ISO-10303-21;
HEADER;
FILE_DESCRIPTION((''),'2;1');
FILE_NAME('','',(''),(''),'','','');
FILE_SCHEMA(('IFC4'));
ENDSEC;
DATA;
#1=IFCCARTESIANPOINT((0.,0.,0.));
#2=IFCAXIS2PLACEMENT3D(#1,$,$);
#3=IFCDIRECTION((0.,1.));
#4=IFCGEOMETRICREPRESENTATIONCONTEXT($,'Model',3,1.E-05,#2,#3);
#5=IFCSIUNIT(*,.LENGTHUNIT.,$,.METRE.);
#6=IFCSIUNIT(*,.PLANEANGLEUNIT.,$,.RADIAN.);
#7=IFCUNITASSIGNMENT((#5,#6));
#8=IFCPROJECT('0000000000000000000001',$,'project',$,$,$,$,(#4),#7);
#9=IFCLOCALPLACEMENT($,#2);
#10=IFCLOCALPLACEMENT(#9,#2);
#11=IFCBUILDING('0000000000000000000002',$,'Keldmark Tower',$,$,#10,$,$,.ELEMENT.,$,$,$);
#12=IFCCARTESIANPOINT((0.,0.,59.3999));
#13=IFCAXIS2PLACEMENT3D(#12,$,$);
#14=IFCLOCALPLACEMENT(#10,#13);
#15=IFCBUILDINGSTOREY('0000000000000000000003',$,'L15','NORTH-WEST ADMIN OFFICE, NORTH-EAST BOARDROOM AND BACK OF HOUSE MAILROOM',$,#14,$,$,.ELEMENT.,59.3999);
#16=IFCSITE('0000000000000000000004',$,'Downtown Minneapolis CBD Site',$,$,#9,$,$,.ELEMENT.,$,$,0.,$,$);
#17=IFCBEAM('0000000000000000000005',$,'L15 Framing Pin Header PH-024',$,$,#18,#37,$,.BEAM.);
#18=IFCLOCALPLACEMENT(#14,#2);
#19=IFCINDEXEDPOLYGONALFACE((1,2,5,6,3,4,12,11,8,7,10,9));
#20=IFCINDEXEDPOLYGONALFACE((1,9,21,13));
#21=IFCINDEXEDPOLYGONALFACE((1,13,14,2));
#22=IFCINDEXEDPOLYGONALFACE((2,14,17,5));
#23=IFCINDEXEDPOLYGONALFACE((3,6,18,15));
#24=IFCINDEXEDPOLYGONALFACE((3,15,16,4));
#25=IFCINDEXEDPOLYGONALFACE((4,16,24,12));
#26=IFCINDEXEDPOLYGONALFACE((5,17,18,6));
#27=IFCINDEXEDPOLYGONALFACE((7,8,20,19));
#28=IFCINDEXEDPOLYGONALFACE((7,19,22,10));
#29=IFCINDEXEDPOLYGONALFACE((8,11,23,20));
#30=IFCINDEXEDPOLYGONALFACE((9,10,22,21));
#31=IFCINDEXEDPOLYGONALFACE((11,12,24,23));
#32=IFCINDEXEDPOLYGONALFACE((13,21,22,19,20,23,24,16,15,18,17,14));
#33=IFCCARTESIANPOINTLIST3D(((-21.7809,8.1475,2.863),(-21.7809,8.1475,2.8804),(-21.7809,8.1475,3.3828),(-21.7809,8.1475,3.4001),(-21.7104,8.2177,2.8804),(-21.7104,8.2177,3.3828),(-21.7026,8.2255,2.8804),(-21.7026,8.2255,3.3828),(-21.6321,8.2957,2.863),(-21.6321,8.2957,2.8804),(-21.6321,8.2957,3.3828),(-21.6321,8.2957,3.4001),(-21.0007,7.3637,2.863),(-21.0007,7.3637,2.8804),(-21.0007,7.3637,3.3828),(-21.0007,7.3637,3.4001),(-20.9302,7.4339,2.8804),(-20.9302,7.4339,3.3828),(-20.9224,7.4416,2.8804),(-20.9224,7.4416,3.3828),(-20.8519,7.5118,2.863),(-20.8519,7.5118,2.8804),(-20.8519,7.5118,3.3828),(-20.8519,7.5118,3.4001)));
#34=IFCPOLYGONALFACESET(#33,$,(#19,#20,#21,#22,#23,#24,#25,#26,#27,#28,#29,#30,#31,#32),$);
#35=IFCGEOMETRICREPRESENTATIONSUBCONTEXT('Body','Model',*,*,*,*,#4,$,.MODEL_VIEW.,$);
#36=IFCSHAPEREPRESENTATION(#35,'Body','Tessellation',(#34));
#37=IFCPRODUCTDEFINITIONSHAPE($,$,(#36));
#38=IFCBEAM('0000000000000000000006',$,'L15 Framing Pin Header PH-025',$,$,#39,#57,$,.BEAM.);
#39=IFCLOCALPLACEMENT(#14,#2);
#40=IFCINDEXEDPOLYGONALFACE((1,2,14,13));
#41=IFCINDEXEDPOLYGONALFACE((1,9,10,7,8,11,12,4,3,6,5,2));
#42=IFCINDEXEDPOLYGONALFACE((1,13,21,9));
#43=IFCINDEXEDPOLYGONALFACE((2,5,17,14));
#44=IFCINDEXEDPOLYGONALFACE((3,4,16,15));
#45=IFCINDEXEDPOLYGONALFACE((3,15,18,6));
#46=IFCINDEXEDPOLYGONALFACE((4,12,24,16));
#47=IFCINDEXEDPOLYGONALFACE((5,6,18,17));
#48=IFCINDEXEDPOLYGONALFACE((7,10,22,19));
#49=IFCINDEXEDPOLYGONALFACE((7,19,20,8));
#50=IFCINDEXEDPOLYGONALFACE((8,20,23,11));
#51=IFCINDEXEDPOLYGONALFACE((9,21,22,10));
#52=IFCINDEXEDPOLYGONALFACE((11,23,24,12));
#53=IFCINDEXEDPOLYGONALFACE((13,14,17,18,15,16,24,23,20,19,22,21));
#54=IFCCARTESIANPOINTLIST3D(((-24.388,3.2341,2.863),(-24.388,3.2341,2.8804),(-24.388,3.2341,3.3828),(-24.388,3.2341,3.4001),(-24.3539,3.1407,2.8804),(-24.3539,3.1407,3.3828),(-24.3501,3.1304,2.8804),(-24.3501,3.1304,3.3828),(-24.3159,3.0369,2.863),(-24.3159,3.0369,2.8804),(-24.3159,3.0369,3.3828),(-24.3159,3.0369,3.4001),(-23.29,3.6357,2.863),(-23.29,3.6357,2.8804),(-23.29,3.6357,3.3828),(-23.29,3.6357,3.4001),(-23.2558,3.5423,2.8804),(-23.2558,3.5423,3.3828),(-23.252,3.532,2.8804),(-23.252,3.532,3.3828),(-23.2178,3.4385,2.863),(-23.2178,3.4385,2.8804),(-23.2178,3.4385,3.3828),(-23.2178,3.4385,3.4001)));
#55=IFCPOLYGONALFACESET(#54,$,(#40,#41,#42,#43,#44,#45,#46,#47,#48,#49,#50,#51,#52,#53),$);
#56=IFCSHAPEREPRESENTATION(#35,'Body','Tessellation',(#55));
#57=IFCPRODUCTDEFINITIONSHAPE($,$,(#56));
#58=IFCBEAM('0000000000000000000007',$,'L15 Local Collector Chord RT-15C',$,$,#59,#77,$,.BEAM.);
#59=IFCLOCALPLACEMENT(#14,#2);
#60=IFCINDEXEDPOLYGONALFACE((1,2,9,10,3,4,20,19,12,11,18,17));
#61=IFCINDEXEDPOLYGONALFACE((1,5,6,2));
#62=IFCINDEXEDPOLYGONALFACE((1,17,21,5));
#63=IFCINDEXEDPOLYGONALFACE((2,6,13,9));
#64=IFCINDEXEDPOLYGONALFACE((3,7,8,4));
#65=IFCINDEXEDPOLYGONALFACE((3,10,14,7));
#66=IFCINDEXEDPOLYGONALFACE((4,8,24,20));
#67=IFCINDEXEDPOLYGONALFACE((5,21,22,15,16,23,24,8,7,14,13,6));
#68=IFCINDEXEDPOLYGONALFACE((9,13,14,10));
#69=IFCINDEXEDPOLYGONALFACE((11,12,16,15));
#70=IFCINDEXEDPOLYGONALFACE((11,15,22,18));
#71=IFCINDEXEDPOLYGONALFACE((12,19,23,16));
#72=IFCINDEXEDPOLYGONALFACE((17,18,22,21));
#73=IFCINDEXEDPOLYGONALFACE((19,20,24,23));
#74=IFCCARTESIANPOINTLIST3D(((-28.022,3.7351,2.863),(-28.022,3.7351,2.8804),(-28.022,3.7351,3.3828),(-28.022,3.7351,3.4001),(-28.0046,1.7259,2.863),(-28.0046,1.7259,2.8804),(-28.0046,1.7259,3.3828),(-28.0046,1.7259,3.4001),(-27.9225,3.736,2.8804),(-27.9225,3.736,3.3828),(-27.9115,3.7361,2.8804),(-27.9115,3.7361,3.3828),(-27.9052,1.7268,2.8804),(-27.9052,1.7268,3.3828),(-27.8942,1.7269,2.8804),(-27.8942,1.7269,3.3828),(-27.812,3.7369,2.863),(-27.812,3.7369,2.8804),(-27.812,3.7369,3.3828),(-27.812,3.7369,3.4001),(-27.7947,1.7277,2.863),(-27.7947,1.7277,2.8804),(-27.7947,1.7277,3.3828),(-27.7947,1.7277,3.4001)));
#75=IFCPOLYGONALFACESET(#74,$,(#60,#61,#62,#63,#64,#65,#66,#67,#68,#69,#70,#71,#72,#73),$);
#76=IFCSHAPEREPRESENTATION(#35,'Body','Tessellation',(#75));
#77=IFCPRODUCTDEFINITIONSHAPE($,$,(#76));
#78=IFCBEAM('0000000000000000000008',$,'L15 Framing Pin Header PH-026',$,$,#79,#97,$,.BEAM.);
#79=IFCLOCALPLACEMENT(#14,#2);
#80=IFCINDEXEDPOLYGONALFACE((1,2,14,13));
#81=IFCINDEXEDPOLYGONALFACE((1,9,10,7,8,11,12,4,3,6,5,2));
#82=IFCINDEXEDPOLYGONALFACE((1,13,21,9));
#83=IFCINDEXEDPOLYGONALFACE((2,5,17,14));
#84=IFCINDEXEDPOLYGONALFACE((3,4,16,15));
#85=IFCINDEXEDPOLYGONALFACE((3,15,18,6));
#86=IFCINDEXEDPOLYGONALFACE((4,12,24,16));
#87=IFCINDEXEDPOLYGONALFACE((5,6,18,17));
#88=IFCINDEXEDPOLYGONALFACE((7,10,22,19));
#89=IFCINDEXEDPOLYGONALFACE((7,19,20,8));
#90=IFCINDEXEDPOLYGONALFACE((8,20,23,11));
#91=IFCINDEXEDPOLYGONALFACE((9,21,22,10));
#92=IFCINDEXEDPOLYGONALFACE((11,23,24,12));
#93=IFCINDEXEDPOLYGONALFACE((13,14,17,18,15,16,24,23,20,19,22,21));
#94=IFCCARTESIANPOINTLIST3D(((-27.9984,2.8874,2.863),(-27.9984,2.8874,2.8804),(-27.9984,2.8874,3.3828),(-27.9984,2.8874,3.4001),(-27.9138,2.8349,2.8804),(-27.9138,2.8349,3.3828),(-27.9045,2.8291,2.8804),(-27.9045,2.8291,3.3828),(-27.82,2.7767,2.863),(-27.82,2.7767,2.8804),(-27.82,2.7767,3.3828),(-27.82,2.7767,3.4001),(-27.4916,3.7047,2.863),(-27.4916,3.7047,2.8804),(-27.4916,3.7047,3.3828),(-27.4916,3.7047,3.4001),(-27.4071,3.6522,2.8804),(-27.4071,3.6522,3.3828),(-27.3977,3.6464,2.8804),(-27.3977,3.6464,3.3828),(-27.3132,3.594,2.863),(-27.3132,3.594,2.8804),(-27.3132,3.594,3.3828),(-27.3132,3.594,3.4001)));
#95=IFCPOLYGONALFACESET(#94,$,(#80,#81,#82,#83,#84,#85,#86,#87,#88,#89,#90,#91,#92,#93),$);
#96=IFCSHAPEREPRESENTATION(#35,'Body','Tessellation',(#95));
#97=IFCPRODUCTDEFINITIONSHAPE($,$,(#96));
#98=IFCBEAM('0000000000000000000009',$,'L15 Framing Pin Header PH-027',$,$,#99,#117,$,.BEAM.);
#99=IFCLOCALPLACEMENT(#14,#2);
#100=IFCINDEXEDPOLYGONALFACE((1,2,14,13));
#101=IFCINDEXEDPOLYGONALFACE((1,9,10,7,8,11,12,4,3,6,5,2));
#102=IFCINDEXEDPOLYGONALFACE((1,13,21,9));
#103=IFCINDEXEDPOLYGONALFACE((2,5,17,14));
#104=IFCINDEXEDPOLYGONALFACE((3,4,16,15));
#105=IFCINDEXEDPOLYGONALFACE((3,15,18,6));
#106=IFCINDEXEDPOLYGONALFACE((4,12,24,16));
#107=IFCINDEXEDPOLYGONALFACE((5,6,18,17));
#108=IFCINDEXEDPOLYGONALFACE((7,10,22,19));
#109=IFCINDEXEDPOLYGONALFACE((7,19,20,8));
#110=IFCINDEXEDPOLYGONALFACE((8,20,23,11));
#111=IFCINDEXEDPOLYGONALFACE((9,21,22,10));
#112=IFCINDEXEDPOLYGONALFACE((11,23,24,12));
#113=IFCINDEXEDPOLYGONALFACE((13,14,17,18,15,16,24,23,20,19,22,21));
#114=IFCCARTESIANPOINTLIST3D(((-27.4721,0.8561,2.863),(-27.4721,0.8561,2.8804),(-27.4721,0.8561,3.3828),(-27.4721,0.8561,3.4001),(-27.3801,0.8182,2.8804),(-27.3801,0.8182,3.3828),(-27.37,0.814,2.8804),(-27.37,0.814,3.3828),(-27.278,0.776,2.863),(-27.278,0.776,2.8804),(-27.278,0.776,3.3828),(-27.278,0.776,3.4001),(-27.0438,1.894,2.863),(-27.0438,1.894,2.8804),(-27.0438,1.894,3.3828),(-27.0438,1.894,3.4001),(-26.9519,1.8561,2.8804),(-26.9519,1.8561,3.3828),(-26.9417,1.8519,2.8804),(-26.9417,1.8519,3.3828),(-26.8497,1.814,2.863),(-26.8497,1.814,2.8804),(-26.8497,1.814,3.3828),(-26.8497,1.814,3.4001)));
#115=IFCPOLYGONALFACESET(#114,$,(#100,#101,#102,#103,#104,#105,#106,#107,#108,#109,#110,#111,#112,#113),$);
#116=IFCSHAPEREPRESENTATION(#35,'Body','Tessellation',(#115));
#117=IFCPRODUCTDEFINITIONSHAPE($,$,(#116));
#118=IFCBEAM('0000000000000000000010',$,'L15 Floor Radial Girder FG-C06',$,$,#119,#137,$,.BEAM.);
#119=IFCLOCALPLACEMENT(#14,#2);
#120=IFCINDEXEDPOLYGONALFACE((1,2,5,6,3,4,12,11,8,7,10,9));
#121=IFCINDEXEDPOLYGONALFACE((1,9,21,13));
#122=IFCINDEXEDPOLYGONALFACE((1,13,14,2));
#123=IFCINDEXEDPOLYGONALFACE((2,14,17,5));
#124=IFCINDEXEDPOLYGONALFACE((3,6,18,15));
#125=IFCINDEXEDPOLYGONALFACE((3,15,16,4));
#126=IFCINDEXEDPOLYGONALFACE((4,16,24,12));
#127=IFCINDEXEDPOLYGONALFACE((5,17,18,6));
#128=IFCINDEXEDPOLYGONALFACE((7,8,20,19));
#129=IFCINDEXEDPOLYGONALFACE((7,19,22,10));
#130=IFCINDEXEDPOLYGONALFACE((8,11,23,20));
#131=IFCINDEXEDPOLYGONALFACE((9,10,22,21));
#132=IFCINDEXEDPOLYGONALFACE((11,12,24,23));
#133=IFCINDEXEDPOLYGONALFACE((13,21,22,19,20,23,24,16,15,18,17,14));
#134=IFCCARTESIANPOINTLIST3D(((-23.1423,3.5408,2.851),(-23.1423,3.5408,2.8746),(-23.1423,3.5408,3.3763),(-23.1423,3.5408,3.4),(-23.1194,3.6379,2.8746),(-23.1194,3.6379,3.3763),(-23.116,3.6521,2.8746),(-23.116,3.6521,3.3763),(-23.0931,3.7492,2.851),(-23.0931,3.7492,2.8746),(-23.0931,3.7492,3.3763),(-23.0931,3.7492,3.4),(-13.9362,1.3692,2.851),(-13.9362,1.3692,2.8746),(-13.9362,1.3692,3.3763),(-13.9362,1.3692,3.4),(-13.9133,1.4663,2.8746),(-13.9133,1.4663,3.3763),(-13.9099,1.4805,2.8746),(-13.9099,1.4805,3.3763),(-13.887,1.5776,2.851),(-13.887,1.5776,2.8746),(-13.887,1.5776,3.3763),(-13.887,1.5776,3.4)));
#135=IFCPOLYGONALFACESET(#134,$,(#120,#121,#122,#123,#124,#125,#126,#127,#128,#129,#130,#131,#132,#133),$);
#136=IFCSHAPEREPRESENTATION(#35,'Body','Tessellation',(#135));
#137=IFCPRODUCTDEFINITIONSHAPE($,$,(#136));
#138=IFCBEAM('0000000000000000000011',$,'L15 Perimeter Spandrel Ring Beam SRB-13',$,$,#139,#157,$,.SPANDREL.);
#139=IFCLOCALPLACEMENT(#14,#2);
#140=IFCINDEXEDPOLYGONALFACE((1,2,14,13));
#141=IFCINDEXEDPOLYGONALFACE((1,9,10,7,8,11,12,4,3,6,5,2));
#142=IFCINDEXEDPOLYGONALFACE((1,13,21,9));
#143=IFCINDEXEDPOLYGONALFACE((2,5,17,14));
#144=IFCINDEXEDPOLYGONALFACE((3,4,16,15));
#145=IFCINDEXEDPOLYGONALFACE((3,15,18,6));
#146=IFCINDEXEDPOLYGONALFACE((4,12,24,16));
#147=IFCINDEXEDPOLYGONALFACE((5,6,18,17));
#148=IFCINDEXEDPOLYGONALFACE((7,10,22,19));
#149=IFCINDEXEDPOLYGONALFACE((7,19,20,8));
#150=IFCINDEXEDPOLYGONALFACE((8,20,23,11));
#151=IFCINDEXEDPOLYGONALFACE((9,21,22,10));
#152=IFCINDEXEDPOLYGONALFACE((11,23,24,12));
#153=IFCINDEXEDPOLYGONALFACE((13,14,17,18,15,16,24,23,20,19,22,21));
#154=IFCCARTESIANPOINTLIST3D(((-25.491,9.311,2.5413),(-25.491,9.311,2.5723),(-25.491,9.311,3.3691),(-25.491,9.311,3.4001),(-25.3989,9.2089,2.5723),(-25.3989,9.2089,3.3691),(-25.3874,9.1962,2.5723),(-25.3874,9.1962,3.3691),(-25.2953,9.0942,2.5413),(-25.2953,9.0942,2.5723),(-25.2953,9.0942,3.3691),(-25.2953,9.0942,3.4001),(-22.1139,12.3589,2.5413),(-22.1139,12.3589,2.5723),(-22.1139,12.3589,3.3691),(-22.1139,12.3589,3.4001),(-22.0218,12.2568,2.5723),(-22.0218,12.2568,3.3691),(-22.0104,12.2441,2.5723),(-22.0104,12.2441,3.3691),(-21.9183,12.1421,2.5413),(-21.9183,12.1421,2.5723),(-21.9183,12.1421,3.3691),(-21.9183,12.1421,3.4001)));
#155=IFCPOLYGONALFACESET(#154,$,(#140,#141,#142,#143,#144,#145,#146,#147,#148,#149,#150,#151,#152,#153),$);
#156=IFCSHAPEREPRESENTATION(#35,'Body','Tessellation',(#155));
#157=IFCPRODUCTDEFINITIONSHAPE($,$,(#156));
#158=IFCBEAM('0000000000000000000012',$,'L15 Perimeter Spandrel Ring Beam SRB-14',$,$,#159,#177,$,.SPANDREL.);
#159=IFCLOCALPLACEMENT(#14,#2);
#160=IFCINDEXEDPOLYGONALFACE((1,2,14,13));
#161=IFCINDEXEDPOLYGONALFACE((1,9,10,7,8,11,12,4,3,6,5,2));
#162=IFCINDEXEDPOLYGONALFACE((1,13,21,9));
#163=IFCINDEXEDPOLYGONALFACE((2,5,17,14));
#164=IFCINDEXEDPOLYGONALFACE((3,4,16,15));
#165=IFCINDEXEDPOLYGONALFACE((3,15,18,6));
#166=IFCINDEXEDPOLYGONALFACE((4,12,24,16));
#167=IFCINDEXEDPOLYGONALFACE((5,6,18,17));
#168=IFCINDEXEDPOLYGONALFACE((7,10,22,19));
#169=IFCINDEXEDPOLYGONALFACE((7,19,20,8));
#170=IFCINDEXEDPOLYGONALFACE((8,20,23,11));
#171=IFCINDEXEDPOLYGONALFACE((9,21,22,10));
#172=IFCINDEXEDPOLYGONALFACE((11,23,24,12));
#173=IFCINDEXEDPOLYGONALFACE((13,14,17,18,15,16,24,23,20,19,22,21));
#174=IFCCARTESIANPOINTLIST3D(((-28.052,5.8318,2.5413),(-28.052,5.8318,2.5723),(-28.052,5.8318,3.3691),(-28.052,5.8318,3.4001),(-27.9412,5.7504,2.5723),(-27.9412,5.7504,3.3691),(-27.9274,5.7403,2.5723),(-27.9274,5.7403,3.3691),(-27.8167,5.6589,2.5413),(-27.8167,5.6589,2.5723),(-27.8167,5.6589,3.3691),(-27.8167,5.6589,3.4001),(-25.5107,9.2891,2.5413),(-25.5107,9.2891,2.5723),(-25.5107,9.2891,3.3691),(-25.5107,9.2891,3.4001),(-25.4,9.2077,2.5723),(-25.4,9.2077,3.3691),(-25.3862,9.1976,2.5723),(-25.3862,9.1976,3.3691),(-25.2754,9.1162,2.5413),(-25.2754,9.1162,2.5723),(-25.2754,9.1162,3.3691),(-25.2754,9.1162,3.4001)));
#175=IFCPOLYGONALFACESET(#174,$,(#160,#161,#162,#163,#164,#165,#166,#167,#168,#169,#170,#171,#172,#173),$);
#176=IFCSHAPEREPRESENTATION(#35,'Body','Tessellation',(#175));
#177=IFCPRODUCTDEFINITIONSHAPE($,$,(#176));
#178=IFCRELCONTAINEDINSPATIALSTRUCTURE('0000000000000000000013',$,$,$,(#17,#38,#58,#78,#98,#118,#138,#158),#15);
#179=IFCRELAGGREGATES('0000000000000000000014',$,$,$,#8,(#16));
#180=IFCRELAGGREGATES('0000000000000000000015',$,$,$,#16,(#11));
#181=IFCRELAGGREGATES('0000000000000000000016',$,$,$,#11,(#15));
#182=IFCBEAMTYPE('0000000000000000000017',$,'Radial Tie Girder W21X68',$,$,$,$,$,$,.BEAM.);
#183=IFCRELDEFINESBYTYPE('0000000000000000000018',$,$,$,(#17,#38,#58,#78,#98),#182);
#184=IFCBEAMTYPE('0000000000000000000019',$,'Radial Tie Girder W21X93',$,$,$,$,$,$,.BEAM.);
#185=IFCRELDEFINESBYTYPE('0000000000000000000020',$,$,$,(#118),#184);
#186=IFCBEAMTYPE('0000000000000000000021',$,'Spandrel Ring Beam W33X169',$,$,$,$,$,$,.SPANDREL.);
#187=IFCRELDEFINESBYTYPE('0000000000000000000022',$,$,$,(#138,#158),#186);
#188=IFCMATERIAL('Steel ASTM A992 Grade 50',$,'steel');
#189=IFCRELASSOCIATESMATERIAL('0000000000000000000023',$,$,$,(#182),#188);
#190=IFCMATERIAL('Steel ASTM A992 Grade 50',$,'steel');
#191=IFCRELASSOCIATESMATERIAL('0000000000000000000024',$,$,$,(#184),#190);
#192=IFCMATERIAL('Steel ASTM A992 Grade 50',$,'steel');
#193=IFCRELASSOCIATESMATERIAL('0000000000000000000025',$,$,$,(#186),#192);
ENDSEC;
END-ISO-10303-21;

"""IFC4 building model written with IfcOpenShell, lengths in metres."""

from ifc_helpers import new_model, si_unit, direction, frame, origin, origin_2d, place, context, subcontext, project, spatial, i_section, extrude, material, material_profile, profile_set, type_object, element, save


model = new_model("IFC4")

# Units and contexts
model_context = context("Model", 3, precision=1e-05, world=origin(), true_north=direction((0.0, 1.0)))
body_context = subcontext(model_context, "Body", "Model", "MODEL_VIEW")
ifc_project = project(units=[si_unit("LENGTHUNIT", "METRE"), si_unit("PLANEANGLEUNIT", "RADIAN")], contexts=[model_context])

# Site, building, storey
site_placement = place(None, origin())
site = spatial("IfcSite", under=ifc_project, at=site_placement, Name="Downtown Minneapolis CBD Site", CompositionType="ELEMENT", RefElevation=0.0)
building_placement = place(site_placement, origin())
building = spatial("IfcBuilding", under=site, at=building_placement, Name="Keldmark Tower", CompositionType="ELEMENT")
storey_placement = place(building_placement, frame((0.0, 0.0, 59.3999)))
storey = spatial("IfcBuildingStorey", under=building, at=storey_placement, Name="L15", Description="NORTH-WEST ADMIN OFFICE, NORTH-EAST BOARDROOM AND BACK OF HOUSE MAILROOM", CompositionType="ELEMENT", Elevation=59.3999)

# Beams
ifc_material_1 = material(Name="Steel ASTM A992 Grade 50", Category="steel")
ifc_material_profile_1 = material_profile(ifc_material_1, i_section(OverallWidth=0.21, OverallDepth=0.5371, WebThickness=0.011, FlangeThickness=0.0173, at=origin_2d()), Name="W21X68")
ifc_profile_set_1 = profile_set([ifc_material_profile_1], Name="Steel ASTM A992 Grade 50")
beam_type_1 = type_object("IfcBeamType", Name="Radial Tie Girder W21X68", PredefinedType="BEAM", material=ifc_profile_set_1)
beam_1_placement = place(storey_placement, frame((-20.9263, 7.4377, 3.1316), z_axis=(-0.705449, 0.70876, 0.0), x_axis=(-0.70876, -0.705449, 0.0)))
element("IfcBeam", 1, at=beam_1_placement, inside=storey, type_object=beam_type_1, Name="L15 Framing Pin Header PH-024", PredefinedType="BEAM", context=body_context, shape_type="SweptSolid", body=[
    extrude(i_section(OverallWidth=0.21, OverallDepth=0.5371, WebThickness=0.011, FlangeThickness=0.0173, at=origin_2d()), origin(), (0.0, 0.0, 1.0), 1.106),
])
beam_2_placement = place(storey_placement, frame((-23.2539, 3.5371, 3.1316), z_axis=(-0.939164, -0.343469, 0.0), x_axis=(0.343469, -0.939164, 0.0)))
element("IfcBeam", 2, at=beam_2_placement, inside=storey, type_object=beam_type_1, Name="L15 Framing Pin Header PH-025", PredefinedType="BEAM", context=body_context, shape_type="SweptSolid", body=[
    extrude(i_section(OverallWidth=0.21, OverallDepth=0.5371, WebThickness=0.011, FlangeThickness=0.0173, at=origin_2d()), origin(), (0.0, 0.0, 1.0), 1.1692),
])
beam_3_placement = place(storey_placement, frame((-27.8997, 1.7268, 3.1316), z_axis=(-0.008627, 0.999963, 0.0), x_axis=(-0.999963, -0.008627, 0.0)))
element("IfcBeam", 3, at=beam_3_placement, inside=storey, type_object=beam_type_1, Name="L15 Local Collector Chord RT-15C", PredefinedType="BEAM", context=body_context, shape_type="SweptSolid", body=[
    extrude(i_section(OverallWidth=0.21, OverallDepth=0.5371, WebThickness=0.011, FlangeThickness=0.0173, at=origin_2d()), origin(), (0.0, 0.0, 1.0), 2.0093),
])
beam_4_placement = place(storey_placement, frame((-27.9092, 2.832, 3.1316), z_axis=(0.526984, 0.849875, 0.0), x_axis=(-0.849875, 0.526984, 0.0)))
element("IfcBeam", 4, at=beam_4_placement, inside=storey, type_object=beam_type_1, Name="L15 Framing Pin Header PH-026", PredefinedType="BEAM", context=body_context, shape_type="SweptSolid", body=[
    extrude(i_section(OverallWidth=0.21, OverallDepth=0.5371, WebThickness=0.011, FlangeThickness=0.0173, at=origin_2d()), origin(), (0.0, 0.0, 1.0), 0.9617),
])
beam_5_placement = place(storey_placement, frame((-26.9468, 1.854, 3.1316), z_axis=(-0.381417, -0.924403, 0.0), x_axis=(0.924403, -0.381417, 0.0)))
element("IfcBeam", 5, at=beam_5_placement, inside=storey, type_object=beam_type_1, Name="L15 Framing Pin Header PH-027", PredefinedType="BEAM", context=body_context, shape_type="SweptSolid", body=[
    extrude(i_section(OverallWidth=0.21, OverallDepth=0.5371, WebThickness=0.011, FlangeThickness=0.0173, at=origin_2d()), origin(), (0.0, 0.0, 1.0), 1.1228),
])
ifc_material_2 = material(Name="Steel ASTM A992 Grade 50", Category="steel")
ifc_material_profile_2 = material_profile(ifc_material_2, i_section(OverallWidth=0.2141, OverallDepth=0.5491, WebThickness=0.0146, FlangeThickness=0.0237, at=origin_2d()), Name="W21X93")
ifc_profile_set_2 = profile_set([ifc_material_profile_2], Name="Steel ASTM A992 Grade 50")
beam_type_2 = type_object("IfcBeamType", Name="Radial Tie Girder W21X93", PredefinedType="BEAM", material=ifc_profile_set_2)
beam_6_placement = place(storey_placement, frame((-23.1177, 3.645, 3.1255), z_axis=(0.973287, -0.22959, 0.0), x_axis=(0.22959, 0.973287, 0.0)))
element("IfcBeam", 6, at=beam_6_placement, inside=storey, type_object=beam_type_2, Name="L15 Floor Radial Girder FG-C06", PredefinedType="BEAM", context=body_context, shape_type="SweptSolid", body=[
    extrude(i_section(OverallWidth=0.2141, OverallDepth=0.5491, WebThickness=0.0146, FlangeThickness=0.0237, at=origin_2d()), origin(), (0.0, 0.0, 1.0), 9.4587),
])
ifc_material_3 = material(Name="Steel ASTM A992 Grade 50", Category="steel")
ifc_material_profile_3 = material_profile(ifc_material_3, i_section(OverallWidth=0.292, OverallDepth=0.8589, WebThickness=0.0171, FlangeThickness=0.031, at=origin_2d()), Name="W33X169")
ifc_profile_set_3 = profile_set([ifc_material_profile_3], Name="Steel ASTM A992 Grade 50")
beam_type_3 = type_object("IfcBeamType", Name="Spandrel Ring Beam W33X169", PredefinedType="SPANDREL", material=ifc_profile_set_3)
beam_7_placement = place(storey_placement, frame((-22.0161, 12.2505, 2.9707), z_axis=(-0.742354, -0.670008, 0.0), x_axis=(0.670008, -0.742354, 0.0)))
element("IfcBeam", 7, at=beam_7_placement, inside=storey, type_object=beam_type_3, Name="L15 Perimeter Spandrel Ring Beam SRB-13", PredefinedType="SPANDREL", context=body_context, shape_type="SweptSolid", body=[
    extrude(i_section(OverallWidth=0.292, OverallDepth=0.8589, WebThickness=0.0171, FlangeThickness=0.031, at=origin_2d()), origin(), (0.0, 0.0, 1.0), 4.5491),
])
beam_8_placement = place(storey_placement, frame((-25.3931, 9.2026, 2.9707), z_axis=(-0.592261, -0.805746, 0.0), x_axis=(0.805746, -0.592261, 0.0)))
element("IfcBeam", 8, at=beam_8_placement, inside=storey, type_object=beam_type_3, Name="L15 Perimeter Spandrel Ring Beam SRB-14", PredefinedType="SPANDREL", context=body_context, shape_type="SweptSolid", body=[
    extrude(i_section(OverallWidth=0.292, OverallDepth=0.8589, WebThickness=0.0171, FlangeThickness=0.031, at=origin_2d()), origin(), (0.0, 0.0, 1.0), 4.2908),
])

save(model, "model.ifc")
